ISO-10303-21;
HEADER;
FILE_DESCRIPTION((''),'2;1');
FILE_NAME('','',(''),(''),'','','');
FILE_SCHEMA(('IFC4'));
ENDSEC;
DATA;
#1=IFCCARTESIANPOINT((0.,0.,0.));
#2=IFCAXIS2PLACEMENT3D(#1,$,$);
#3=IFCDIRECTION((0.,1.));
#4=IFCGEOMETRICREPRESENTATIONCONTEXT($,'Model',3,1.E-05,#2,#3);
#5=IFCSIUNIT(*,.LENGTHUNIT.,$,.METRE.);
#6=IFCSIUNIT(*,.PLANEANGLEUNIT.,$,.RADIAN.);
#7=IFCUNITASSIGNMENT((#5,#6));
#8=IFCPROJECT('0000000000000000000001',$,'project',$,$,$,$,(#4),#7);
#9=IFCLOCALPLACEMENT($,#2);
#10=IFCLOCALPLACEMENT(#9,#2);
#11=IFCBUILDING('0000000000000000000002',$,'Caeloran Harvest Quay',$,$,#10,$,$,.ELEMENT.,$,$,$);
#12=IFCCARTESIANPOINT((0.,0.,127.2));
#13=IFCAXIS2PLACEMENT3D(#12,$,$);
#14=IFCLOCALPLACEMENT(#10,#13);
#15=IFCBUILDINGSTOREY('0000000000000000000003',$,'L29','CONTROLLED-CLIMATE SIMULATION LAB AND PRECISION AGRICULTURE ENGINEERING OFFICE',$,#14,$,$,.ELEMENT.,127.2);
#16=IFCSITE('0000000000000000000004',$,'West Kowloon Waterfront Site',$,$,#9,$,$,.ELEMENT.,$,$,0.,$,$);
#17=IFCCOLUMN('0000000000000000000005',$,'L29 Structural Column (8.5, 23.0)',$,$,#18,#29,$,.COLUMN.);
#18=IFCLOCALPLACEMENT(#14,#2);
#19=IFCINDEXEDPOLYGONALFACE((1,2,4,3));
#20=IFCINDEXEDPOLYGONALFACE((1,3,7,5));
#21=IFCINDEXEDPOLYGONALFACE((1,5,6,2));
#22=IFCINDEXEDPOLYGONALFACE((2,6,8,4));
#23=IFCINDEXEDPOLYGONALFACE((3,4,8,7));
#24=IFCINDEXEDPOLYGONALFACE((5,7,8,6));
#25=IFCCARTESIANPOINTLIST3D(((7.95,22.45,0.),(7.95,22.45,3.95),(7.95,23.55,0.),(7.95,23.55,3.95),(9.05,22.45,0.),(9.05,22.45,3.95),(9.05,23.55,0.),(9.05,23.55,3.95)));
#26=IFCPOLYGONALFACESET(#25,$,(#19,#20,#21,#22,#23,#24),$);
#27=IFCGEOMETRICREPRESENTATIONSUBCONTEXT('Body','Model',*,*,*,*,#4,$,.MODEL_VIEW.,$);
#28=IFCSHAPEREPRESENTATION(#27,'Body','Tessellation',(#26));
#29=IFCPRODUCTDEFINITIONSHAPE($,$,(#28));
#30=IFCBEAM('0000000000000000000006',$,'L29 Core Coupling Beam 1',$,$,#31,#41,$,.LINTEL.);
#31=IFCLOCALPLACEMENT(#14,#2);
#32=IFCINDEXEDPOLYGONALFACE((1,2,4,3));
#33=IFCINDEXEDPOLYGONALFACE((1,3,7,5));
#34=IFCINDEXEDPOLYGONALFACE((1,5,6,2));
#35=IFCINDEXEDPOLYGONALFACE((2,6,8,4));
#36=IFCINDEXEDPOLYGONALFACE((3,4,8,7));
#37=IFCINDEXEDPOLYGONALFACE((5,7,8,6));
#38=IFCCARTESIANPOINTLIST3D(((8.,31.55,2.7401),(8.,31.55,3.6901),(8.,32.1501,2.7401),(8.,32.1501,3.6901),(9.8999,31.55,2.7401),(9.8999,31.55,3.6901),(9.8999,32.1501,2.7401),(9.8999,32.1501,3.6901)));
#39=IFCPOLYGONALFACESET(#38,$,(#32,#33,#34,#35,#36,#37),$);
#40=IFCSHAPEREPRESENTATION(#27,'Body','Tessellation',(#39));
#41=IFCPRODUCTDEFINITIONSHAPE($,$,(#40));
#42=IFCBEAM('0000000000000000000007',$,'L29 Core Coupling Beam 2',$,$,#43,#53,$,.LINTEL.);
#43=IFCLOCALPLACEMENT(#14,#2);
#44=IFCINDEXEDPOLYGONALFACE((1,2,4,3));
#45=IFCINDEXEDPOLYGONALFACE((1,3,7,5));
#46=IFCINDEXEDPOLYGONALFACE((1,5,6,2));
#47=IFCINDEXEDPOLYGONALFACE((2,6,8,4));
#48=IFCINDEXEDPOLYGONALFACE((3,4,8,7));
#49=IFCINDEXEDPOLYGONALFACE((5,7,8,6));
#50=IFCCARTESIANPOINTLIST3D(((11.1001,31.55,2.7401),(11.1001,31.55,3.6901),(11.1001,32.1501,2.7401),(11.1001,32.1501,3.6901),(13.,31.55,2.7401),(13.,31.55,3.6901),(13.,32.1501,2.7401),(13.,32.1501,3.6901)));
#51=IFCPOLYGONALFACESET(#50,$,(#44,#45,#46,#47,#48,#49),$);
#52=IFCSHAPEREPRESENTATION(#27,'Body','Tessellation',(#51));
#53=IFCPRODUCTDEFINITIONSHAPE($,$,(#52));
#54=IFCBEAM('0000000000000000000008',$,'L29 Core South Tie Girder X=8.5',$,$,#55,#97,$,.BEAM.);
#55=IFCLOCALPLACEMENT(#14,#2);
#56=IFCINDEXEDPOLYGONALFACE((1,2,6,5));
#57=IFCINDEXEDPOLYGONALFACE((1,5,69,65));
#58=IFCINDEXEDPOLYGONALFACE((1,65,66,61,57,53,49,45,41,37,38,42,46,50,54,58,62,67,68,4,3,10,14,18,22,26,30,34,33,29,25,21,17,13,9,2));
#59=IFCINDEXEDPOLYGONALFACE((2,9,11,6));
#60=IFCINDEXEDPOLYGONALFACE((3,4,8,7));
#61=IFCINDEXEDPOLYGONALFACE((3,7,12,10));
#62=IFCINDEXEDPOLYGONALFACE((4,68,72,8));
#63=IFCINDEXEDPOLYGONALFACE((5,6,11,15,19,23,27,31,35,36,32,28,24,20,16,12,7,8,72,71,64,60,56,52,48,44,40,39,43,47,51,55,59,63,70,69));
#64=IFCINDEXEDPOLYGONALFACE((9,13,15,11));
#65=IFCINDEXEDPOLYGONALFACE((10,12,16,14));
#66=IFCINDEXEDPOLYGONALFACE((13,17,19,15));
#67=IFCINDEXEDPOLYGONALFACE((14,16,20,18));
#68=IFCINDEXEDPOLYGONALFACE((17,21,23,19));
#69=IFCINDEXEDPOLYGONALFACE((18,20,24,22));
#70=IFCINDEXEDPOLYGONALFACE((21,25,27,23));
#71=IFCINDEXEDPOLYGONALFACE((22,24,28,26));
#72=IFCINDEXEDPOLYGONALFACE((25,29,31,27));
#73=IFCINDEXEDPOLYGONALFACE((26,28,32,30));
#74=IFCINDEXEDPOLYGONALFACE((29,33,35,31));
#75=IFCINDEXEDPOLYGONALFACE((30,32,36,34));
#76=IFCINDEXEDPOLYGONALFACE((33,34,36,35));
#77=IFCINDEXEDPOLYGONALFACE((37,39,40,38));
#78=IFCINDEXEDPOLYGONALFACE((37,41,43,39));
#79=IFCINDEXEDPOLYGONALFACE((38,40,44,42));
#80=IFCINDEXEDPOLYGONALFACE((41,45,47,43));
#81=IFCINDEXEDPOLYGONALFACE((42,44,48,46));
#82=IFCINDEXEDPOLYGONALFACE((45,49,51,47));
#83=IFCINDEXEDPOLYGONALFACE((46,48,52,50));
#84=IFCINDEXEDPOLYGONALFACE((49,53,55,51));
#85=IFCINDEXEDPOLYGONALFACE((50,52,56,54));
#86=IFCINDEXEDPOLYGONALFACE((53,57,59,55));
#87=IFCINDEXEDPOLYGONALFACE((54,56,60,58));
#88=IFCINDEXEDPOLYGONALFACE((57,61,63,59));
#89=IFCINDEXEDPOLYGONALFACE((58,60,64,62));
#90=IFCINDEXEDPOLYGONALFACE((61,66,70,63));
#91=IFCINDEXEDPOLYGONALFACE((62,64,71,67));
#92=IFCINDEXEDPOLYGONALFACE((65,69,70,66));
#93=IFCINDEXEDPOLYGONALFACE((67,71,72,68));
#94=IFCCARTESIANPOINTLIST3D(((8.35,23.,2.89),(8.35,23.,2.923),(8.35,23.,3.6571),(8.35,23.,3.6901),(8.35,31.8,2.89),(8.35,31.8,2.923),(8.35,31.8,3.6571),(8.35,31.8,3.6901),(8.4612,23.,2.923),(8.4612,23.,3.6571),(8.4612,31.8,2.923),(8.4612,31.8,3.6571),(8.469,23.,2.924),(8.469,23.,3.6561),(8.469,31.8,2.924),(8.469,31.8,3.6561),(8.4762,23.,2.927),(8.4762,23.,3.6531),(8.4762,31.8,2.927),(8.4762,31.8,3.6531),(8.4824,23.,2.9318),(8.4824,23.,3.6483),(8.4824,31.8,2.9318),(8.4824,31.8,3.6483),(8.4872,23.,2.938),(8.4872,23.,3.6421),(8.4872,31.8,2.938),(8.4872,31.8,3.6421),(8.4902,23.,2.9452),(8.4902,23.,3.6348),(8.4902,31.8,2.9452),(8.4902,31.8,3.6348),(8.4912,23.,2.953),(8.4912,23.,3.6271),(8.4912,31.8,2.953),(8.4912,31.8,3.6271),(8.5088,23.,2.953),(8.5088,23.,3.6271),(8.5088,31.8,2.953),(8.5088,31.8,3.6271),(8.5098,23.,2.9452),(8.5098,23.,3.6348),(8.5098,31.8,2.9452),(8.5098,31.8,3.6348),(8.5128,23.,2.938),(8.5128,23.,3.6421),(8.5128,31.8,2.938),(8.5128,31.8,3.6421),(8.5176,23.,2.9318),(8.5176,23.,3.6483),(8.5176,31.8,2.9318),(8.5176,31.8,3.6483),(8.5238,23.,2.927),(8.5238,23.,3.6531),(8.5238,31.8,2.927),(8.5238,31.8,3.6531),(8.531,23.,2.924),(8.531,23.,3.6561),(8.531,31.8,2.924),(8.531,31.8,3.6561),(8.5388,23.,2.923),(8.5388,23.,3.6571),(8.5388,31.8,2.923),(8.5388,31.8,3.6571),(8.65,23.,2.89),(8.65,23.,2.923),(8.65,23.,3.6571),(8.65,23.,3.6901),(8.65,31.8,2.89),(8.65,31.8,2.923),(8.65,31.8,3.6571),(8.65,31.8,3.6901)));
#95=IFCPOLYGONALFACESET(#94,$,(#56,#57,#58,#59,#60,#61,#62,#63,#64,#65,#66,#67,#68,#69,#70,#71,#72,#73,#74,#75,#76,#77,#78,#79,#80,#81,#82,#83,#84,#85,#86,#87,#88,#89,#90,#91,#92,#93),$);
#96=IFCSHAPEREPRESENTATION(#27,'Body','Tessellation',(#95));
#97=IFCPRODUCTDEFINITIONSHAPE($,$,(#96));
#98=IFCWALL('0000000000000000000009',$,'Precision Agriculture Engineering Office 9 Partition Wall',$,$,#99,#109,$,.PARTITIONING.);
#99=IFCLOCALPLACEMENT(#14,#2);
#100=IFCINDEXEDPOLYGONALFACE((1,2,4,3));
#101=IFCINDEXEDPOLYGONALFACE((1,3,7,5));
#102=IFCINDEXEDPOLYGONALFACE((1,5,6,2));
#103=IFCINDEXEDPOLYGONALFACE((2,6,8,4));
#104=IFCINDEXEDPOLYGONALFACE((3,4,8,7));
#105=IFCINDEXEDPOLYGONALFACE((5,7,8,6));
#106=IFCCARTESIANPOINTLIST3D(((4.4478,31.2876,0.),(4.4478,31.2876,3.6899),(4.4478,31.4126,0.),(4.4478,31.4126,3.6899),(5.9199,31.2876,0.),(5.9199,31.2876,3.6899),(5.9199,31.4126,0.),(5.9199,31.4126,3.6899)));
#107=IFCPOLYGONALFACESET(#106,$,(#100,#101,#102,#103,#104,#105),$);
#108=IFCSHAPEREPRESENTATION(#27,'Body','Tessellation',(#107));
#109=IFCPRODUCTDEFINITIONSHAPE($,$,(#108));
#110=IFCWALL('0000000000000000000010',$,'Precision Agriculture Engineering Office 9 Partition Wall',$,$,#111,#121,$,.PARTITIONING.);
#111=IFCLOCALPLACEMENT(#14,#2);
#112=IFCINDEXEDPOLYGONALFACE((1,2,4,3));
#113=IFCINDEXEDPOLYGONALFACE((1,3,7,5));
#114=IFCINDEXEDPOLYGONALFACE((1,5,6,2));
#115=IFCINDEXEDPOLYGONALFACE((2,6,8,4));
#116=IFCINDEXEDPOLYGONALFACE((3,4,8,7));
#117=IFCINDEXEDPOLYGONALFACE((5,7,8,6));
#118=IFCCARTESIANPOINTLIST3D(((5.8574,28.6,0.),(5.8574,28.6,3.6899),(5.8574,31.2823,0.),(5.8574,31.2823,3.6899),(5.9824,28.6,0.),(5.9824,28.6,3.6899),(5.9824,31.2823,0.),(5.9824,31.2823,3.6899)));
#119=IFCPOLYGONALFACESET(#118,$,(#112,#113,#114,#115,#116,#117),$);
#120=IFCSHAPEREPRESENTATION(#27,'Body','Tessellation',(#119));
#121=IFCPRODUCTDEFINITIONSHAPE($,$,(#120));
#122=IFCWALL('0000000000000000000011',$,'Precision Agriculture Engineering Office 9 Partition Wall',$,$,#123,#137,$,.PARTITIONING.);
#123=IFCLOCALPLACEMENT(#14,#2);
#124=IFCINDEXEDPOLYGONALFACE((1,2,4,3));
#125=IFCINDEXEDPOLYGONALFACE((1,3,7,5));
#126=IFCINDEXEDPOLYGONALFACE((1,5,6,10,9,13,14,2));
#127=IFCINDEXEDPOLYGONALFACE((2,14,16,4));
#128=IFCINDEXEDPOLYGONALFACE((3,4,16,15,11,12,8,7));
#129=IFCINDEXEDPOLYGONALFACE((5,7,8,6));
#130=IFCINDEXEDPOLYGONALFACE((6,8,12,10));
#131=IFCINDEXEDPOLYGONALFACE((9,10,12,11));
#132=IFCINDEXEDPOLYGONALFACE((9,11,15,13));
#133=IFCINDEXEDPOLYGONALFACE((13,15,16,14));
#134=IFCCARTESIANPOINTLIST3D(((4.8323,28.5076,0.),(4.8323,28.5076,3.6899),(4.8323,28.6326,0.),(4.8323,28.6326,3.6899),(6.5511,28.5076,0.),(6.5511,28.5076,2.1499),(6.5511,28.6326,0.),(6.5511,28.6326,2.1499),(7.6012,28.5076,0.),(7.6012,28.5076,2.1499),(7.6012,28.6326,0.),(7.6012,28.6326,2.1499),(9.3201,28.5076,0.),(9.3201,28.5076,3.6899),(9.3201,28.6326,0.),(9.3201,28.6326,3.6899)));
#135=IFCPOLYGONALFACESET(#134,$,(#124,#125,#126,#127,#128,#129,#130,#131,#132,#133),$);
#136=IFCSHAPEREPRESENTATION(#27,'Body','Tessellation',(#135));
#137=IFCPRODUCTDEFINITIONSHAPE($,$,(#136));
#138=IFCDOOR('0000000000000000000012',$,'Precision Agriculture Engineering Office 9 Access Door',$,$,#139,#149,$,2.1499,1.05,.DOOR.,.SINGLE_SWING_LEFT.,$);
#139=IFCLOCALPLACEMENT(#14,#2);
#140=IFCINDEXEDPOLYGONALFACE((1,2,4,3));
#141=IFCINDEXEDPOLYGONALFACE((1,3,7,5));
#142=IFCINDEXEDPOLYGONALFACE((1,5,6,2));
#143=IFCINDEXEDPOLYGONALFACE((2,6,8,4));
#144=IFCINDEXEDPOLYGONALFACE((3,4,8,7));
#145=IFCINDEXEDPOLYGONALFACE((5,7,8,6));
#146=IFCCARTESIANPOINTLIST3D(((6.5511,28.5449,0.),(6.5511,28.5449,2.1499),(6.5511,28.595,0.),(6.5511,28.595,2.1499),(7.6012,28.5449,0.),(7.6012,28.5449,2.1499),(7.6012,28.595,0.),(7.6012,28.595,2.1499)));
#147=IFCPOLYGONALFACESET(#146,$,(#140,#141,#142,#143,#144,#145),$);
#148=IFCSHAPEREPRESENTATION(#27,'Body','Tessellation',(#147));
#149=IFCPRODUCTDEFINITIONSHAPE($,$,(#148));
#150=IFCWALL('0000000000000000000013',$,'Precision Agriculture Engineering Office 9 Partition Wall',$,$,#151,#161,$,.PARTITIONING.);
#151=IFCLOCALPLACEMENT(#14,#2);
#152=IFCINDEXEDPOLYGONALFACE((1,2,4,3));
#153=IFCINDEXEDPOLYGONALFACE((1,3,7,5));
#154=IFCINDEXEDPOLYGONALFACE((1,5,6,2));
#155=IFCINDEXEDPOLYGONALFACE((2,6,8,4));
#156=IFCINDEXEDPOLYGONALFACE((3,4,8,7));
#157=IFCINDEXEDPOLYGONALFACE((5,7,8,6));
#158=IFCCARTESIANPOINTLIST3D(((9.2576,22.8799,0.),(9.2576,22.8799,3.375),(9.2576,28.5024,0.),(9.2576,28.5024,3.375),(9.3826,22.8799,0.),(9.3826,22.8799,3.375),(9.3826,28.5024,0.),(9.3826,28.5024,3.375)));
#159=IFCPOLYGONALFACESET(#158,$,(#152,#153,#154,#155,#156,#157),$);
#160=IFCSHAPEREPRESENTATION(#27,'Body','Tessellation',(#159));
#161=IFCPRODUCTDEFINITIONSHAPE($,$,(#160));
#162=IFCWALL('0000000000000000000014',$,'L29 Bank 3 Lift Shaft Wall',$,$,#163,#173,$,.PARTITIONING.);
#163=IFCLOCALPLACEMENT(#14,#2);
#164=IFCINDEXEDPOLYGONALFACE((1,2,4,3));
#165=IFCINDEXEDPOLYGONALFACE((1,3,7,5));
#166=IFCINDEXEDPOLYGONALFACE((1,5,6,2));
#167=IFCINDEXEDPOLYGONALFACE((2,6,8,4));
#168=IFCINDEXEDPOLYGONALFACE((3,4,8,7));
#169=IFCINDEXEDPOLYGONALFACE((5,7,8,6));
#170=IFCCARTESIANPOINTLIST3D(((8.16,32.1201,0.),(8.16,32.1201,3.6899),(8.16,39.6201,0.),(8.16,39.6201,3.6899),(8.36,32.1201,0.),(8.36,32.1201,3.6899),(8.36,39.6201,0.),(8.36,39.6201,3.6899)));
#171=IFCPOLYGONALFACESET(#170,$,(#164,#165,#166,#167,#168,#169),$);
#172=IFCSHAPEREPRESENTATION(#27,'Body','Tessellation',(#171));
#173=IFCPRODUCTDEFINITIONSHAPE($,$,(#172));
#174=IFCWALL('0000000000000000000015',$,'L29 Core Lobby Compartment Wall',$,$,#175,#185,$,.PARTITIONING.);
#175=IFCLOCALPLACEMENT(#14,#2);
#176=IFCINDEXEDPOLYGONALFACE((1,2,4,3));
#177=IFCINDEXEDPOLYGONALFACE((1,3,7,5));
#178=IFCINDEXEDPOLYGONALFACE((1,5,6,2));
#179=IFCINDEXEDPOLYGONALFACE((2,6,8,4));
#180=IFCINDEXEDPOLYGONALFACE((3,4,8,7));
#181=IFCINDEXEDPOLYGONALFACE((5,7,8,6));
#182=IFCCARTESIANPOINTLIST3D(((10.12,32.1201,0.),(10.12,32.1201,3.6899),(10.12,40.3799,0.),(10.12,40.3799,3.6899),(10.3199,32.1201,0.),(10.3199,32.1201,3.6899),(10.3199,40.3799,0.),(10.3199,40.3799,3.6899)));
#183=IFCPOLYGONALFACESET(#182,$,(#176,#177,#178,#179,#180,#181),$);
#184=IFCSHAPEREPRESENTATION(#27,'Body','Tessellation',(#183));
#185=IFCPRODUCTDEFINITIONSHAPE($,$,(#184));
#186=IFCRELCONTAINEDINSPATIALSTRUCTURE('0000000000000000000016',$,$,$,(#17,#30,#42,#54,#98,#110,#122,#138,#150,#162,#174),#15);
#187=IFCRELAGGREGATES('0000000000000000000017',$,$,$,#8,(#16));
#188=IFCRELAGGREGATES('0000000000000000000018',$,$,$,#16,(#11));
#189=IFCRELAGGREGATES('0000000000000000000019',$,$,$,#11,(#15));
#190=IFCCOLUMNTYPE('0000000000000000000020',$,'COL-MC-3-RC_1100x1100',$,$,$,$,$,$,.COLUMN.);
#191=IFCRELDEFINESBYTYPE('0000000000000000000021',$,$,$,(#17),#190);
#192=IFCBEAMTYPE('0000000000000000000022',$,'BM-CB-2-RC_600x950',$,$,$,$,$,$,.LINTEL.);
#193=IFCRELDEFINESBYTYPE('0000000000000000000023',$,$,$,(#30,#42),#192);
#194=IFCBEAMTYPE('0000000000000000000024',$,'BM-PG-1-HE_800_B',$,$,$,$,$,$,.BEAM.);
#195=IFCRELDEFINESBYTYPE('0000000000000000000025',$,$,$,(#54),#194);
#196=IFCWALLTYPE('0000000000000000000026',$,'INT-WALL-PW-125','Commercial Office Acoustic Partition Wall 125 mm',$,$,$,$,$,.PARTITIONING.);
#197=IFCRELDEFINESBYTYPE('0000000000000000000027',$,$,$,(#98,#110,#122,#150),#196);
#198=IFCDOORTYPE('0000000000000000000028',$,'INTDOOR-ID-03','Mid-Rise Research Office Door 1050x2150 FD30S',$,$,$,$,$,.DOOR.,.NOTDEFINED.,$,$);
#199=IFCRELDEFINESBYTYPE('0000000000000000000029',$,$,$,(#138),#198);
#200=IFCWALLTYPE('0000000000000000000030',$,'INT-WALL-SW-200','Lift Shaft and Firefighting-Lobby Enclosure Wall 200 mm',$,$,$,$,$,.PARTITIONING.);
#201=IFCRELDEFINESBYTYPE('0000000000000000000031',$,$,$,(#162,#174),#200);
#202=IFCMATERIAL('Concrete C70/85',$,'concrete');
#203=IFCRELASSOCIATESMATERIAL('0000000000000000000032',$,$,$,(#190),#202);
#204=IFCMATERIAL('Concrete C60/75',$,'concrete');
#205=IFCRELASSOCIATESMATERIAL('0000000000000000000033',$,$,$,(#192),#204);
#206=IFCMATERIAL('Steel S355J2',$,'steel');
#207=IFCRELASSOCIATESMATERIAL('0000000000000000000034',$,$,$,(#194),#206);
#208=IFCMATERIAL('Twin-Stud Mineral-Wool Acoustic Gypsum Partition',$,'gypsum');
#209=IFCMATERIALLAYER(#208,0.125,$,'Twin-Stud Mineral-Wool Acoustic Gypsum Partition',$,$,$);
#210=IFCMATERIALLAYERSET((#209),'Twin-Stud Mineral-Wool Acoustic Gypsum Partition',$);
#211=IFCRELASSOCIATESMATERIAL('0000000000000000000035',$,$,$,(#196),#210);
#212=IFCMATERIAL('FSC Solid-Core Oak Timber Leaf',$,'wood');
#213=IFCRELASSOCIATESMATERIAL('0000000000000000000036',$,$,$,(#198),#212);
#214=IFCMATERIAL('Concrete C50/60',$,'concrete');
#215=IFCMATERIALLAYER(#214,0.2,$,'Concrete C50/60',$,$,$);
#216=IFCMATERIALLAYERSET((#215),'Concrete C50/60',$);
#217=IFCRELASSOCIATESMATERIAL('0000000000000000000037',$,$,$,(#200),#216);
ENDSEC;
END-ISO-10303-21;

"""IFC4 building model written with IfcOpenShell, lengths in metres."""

from ifc_helpers import new_model, si_unit, direction, frame, frame_2d, origin, origin_2d, place, context, subcontext, project, spatial, rectangle, i_section, extrude, material, layer, layer_set, material_profile, profile_set, type_object, element, fill, save


model = new_model("IFC4")

# Units and contexts
model_context = context("Model", 3, precision=1e-05, world=origin(), true_north=direction((0.0, 1.0)))
body_context = subcontext(model_context, "Body", "Model", "MODEL_VIEW")
ifc_project = project(units=[si_unit("LENGTHUNIT", "METRE"), si_unit("PLANEANGLEUNIT", "RADIAN")], contexts=[model_context])

# Site, building, storey
site_placement = place(None, origin())
site = spatial("IfcSite", under=ifc_project, at=site_placement, Name="West Kowloon Waterfront Site", CompositionType="ELEMENT", RefElevation=0.0)
building_placement = place(site_placement, origin())
building = spatial("IfcBuilding", under=site, at=building_placement, Name="Caeloran Harvest Quay", CompositionType="ELEMENT")
storey_placement = place(building_placement, frame((0.0, 0.0, 127.2)))
storey = spatial("IfcBuildingStorey", under=building, at=storey_placement, Name="L29", Description="CONTROLLED-CLIMATE SIMULATION LAB AND PRECISION AGRICULTURE ENGINEERING OFFICE", CompositionType="ELEMENT", Elevation=127.2)

# Column
ifc_material_1 = material(Name="Concrete C70/85", Category="concrete")
ifc_material_profile_1 = material_profile(ifc_material_1, rectangle(XDim=1.1001, YDim=1.1001, at=origin_2d()), Name="RC 1100x1100")
ifc_profile_set_1 = profile_set([ifc_material_profile_1], Name="Concrete C70/85")
column_type = type_object("IfcColumnType", Name="COL-MC-3-RC_1100x1100", PredefinedType="COLUMN", material=ifc_profile_set_1)
column_placement = place(storey_placement, frame((8.5, 23.0, 0.0), z_axis=(0.0, 0.0, 1.0), x_axis=(1.0, 0.0, 0.0)))
element("IfcColumn", 1, at=column_placement, inside=storey, type_object=column_type, Name="L29 Structural Column (8.5, 23.0)", PredefinedType="COLUMN", context=body_context, shape_type="SweptSolid", body=[
    extrude(rectangle(XDim=1.1001, YDim=1.1001, at=origin_2d()), origin(), (0.0, 0.0, 1.0), 3.95),
])

# Beams
ifc_material_2 = material(Name="Concrete C60/75", Category="concrete")
ifc_material_profile_2 = material_profile(ifc_material_2, rectangle(XDim=0.6001, YDim=0.95, at=origin_2d()), Name="RC 600x950")
ifc_profile_set_2 = profile_set([ifc_material_profile_2], Name="Concrete C60/75")
beam_type_1 = type_object("IfcBeamType", Name="BM-CB-2-RC_600x950", PredefinedType="LINTEL", material=ifc_profile_set_2)
for number, where, z_axis, x_axis, name in (
    (2, (8.0, 31.8501, 3.2151), (1.0, 0.0, 0.0), (0.0, 1.0, 0.0), "L29 Core Coupling Beam 1"),
    (3, (11.1001, 31.8501, 3.2151), (1.0, 0.0, 0.0), (0.0, 1.0, 0.0), "L29 Core Coupling Beam 2"),
):
    element("IfcBeam", number, at=place(storey_placement, frame(where, z_axis=z_axis, x_axis=x_axis)), inside=storey, type_object=beam_type_1, Name=name, PredefinedType="LINTEL", context=body_context, shape_type="SweptSolid", body=[
        extrude(rectangle(XDim=0.6001, YDim=0.95, at=origin_2d()), origin(), (0.0, 0.0, 1.0), 1.8999),
    ])
ifc_material_3 = material(Name="Steel S355J2", Category="steel")
ifc_material_profile_3 = material_profile(ifc_material_3, i_section(OverallWidth=0.3, OverallDepth=0.8, WebThickness=0.0176, FlangeThickness=0.033, FilletRadius=0.03, at=origin_2d()), Name="HE 800 B")
ifc_profile_set_3 = profile_set([ifc_material_profile_3], Name="Steel S355J2")
beam_type_2 = type_object("IfcBeamType", Name="BM-PG-1-HE_800_B", PredefinedType="BEAM", material=ifc_profile_set_3)
beam_placement = place(storey_placement, frame((8.5, 23.0, 3.29), z_axis=(0.0, 1.0, 0.0), x_axis=(-1.0, 0.0, 0.0)))
element("IfcBeam", 4, at=beam_placement, inside=storey, type_object=beam_type_2, Name="L29 Core South Tie Girder X=8.5", PredefinedType="BEAM", context=body_context, shape_type="SweptSolid", body=[
    extrude(i_section(OverallWidth=0.3, OverallDepth=0.8, WebThickness=0.0176, FlangeThickness=0.033, FilletRadius=0.03, at=origin_2d()), origin(), (0.0, 0.0, 1.0), 8.8),
])

# Walls
ifc_material_4 = material(Name="Twin-Stud Mineral-Wool Acoustic Gypsum Partition", Category="gypsum")
ifc_layer_1 = layer(ifc_material_4, 0.125, Name="Twin-Stud Mineral-Wool Acoustic Gypsum Partition")
ifc_layer_set_1 = layer_set([ifc_layer_1], Name="Twin-Stud Mineral-Wool Acoustic Gypsum Partition")
wall_type_1 = type_object("IfcWallType", Name="INT-WALL-PW-125", Description="Commercial Office Acoustic Partition Wall 125 mm", PredefinedType="PARTITIONING", material=ifc_layer_set_1)
wall_1_placement = place(storey_placement, frame((4.4478, 31.3501, 0.0), z_axis=(0.0, 0.0, 1.0), x_axis=(1.0, 0.0, 0.0)))
element("IfcWall", 5, at=wall_1_placement, inside=storey, type_object=wall_type_1, Name="Precision Agriculture Engineering Office 9 Partition Wall", PredefinedType="PARTITIONING", context=body_context, shape_type="SweptSolid", body=[
    extrude(rectangle(XDim=1.4722, YDim=0.125, at=frame_2d((0.7361, 0.0))), origin(), (0.0, 0.0, 1.0), 3.6899),
])
wall_2_placement = place(storey_placement, frame((5.9199, 31.2825, 0.0), z_axis=(0.0, 0.0, 1.0), x_axis=(0.0, -1.0, 0.0)))
element("IfcWall", 6, at=wall_2_placement, inside=storey, type_object=wall_type_1, Name="Precision Agriculture Engineering Office 9 Partition Wall", PredefinedType="PARTITIONING", context=body_context, shape_type="SweptSolid", body=[
    extrude(rectangle(XDim=2.6824, YDim=0.125, at=frame_2d((1.3413, 0.0))), origin(), (0.0, 0.0, 1.0), 3.6899),
])

# Wall, opening, door
wall_3_placement = place(storey_placement, frame((4.8323, 28.5701, 0.0), z_axis=(0.0, 0.0, 1.0), x_axis=(1.0, 0.0, 0.0)))
wall_3 = element("IfcWall", 7, at=wall_3_placement, inside=storey, type_object=wall_type_1, Name="Precision Agriculture Engineering Office 9 Partition Wall", PredefinedType="PARTITIONING", context=body_context, shape_type="SweptSolid", body=[
    extrude(rectangle(XDim=4.4878, YDim=0.125, at=frame_2d((2.2439, 0.0))), origin(), (0.0, 0.0, 1.0), 3.6899),
])
opening_1_placement = place(wall_3_placement, frame((1.719, 0.0, 0.0)))
opening_1 = element("IfcOpeningElement", 8, at=opening_1_placement, cuts=wall_3, PredefinedType="OPENING", context=body_context, shape_type="SweptSolid", body=[
    extrude(rectangle(XDim=1.05, YDim=2.1499, at=frame_2d((0.5249, 1.075))), frame((0.0, 0.0725, 0.0), z_axis=(0.0, -1.0, 0.0), x_axis=(1.0, 0.0, 0.0)), (0.0, 0.0, 1.0), 0.145),
])
ifc_material_5 = material(Name="FSC Solid-Core Oak Timber Leaf", Category="wood")
door_type_1 = type_object("IfcDoorType", Name="INTDOOR-ID-03", Description="Mid-Rise Research Office Door 1050x2150 FD30S", OperationType="NOTDEFINED", PredefinedType="DOOR", material=ifc_material_5)
door_1_placement = place(opening_1_placement, origin())
door_1 = element("IfcDoor", 9, at=door_1_placement, inside=storey, type_object=door_type_1, Name="Precision Agriculture Engineering Office 9 Access Door", OperationType="SINGLE_SWING_LEFT", OverallHeight=2.1499, OverallWidth=1.05, PredefinedType="DOOR", context=body_context, shape_type="SweptSolid", body=[
    extrude(rectangle(XDim=1.05, YDim=2.1499, at=frame_2d((0.5249, 1.075))), frame((0.0, 0.0249, 0.0), z_axis=(0.0, -1.0, 0.0), x_axis=(1.0, 0.0, 0.0)), (0.0, 0.0, 1.0), 0.05),
])
fill(opening_1, door_1)

# Walls
wall_4_placement = place(storey_placement, frame((9.3201, 28.5024, 0.0), z_axis=(0.0, 0.0, 1.0), x_axis=(0.0, -1.0, 0.0)))
element("IfcWall", 10, at=wall_4_placement, inside=storey, type_object=wall_type_1, Name="Precision Agriculture Engineering Office 9 Partition Wall", PredefinedType="PARTITIONING", context=body_context, shape_type="SweptSolid", body=[
    extrude(rectangle(XDim=5.6226, YDim=0.125, at=frame_2d((2.8113, 0.0))), origin(), (0.0, 0.0, 1.0), 3.375),
])
ifc_material_6 = material(Name="Concrete C50/60", Category="concrete")
ifc_layer_2 = layer(ifc_material_6, 0.2, Name="Concrete C50/60")
ifc_layer_set_2 = layer_set([ifc_layer_2], Name="Concrete C50/60")
wall_type_2 = type_object("IfcWallType", Name="INT-WALL-SW-200", Description="Lift Shaft and Firefighting-Lobby Enclosure Wall 200 mm", PredefinedType="PARTITIONING", material=ifc_layer_set_2)
wall_5_placement = place(storey_placement, frame((8.26, 32.1201, 0.0), z_axis=(0.0, 0.0, 1.0), x_axis=(0.0, 1.0, 0.0)))
element("IfcWall", 11, at=wall_5_placement, inside=storey, type_object=wall_type_2, Name="L29 Bank 3 Lift Shaft Wall", PredefinedType="PARTITIONING", context=body_context, shape_type="SweptSolid", body=[
    extrude(rectangle(XDim=7.5, YDim=0.2, at=frame_2d((3.75, 0.0))), origin(), (0.0, 0.0, 1.0), 3.6899),
])
wall_6_placement = place(storey_placement, frame((10.22, 32.1201, 0.0), z_axis=(0.0, 0.0, 1.0), x_axis=(0.0, 1.0, 0.0)))
element("IfcWall", 12, at=wall_6_placement, inside=storey, type_object=wall_type_2, Name="L29 Core Lobby Compartment Wall", PredefinedType="PARTITIONING", context=body_context, shape_type="SweptSolid", body=[
    extrude(rectangle(XDim=8.2598, YDim=0.2, at=frame_2d((4.1299, 0.0))), origin(), (0.0, 0.0, 1.0), 3.6899),
])

save(model, "model.ifc")
